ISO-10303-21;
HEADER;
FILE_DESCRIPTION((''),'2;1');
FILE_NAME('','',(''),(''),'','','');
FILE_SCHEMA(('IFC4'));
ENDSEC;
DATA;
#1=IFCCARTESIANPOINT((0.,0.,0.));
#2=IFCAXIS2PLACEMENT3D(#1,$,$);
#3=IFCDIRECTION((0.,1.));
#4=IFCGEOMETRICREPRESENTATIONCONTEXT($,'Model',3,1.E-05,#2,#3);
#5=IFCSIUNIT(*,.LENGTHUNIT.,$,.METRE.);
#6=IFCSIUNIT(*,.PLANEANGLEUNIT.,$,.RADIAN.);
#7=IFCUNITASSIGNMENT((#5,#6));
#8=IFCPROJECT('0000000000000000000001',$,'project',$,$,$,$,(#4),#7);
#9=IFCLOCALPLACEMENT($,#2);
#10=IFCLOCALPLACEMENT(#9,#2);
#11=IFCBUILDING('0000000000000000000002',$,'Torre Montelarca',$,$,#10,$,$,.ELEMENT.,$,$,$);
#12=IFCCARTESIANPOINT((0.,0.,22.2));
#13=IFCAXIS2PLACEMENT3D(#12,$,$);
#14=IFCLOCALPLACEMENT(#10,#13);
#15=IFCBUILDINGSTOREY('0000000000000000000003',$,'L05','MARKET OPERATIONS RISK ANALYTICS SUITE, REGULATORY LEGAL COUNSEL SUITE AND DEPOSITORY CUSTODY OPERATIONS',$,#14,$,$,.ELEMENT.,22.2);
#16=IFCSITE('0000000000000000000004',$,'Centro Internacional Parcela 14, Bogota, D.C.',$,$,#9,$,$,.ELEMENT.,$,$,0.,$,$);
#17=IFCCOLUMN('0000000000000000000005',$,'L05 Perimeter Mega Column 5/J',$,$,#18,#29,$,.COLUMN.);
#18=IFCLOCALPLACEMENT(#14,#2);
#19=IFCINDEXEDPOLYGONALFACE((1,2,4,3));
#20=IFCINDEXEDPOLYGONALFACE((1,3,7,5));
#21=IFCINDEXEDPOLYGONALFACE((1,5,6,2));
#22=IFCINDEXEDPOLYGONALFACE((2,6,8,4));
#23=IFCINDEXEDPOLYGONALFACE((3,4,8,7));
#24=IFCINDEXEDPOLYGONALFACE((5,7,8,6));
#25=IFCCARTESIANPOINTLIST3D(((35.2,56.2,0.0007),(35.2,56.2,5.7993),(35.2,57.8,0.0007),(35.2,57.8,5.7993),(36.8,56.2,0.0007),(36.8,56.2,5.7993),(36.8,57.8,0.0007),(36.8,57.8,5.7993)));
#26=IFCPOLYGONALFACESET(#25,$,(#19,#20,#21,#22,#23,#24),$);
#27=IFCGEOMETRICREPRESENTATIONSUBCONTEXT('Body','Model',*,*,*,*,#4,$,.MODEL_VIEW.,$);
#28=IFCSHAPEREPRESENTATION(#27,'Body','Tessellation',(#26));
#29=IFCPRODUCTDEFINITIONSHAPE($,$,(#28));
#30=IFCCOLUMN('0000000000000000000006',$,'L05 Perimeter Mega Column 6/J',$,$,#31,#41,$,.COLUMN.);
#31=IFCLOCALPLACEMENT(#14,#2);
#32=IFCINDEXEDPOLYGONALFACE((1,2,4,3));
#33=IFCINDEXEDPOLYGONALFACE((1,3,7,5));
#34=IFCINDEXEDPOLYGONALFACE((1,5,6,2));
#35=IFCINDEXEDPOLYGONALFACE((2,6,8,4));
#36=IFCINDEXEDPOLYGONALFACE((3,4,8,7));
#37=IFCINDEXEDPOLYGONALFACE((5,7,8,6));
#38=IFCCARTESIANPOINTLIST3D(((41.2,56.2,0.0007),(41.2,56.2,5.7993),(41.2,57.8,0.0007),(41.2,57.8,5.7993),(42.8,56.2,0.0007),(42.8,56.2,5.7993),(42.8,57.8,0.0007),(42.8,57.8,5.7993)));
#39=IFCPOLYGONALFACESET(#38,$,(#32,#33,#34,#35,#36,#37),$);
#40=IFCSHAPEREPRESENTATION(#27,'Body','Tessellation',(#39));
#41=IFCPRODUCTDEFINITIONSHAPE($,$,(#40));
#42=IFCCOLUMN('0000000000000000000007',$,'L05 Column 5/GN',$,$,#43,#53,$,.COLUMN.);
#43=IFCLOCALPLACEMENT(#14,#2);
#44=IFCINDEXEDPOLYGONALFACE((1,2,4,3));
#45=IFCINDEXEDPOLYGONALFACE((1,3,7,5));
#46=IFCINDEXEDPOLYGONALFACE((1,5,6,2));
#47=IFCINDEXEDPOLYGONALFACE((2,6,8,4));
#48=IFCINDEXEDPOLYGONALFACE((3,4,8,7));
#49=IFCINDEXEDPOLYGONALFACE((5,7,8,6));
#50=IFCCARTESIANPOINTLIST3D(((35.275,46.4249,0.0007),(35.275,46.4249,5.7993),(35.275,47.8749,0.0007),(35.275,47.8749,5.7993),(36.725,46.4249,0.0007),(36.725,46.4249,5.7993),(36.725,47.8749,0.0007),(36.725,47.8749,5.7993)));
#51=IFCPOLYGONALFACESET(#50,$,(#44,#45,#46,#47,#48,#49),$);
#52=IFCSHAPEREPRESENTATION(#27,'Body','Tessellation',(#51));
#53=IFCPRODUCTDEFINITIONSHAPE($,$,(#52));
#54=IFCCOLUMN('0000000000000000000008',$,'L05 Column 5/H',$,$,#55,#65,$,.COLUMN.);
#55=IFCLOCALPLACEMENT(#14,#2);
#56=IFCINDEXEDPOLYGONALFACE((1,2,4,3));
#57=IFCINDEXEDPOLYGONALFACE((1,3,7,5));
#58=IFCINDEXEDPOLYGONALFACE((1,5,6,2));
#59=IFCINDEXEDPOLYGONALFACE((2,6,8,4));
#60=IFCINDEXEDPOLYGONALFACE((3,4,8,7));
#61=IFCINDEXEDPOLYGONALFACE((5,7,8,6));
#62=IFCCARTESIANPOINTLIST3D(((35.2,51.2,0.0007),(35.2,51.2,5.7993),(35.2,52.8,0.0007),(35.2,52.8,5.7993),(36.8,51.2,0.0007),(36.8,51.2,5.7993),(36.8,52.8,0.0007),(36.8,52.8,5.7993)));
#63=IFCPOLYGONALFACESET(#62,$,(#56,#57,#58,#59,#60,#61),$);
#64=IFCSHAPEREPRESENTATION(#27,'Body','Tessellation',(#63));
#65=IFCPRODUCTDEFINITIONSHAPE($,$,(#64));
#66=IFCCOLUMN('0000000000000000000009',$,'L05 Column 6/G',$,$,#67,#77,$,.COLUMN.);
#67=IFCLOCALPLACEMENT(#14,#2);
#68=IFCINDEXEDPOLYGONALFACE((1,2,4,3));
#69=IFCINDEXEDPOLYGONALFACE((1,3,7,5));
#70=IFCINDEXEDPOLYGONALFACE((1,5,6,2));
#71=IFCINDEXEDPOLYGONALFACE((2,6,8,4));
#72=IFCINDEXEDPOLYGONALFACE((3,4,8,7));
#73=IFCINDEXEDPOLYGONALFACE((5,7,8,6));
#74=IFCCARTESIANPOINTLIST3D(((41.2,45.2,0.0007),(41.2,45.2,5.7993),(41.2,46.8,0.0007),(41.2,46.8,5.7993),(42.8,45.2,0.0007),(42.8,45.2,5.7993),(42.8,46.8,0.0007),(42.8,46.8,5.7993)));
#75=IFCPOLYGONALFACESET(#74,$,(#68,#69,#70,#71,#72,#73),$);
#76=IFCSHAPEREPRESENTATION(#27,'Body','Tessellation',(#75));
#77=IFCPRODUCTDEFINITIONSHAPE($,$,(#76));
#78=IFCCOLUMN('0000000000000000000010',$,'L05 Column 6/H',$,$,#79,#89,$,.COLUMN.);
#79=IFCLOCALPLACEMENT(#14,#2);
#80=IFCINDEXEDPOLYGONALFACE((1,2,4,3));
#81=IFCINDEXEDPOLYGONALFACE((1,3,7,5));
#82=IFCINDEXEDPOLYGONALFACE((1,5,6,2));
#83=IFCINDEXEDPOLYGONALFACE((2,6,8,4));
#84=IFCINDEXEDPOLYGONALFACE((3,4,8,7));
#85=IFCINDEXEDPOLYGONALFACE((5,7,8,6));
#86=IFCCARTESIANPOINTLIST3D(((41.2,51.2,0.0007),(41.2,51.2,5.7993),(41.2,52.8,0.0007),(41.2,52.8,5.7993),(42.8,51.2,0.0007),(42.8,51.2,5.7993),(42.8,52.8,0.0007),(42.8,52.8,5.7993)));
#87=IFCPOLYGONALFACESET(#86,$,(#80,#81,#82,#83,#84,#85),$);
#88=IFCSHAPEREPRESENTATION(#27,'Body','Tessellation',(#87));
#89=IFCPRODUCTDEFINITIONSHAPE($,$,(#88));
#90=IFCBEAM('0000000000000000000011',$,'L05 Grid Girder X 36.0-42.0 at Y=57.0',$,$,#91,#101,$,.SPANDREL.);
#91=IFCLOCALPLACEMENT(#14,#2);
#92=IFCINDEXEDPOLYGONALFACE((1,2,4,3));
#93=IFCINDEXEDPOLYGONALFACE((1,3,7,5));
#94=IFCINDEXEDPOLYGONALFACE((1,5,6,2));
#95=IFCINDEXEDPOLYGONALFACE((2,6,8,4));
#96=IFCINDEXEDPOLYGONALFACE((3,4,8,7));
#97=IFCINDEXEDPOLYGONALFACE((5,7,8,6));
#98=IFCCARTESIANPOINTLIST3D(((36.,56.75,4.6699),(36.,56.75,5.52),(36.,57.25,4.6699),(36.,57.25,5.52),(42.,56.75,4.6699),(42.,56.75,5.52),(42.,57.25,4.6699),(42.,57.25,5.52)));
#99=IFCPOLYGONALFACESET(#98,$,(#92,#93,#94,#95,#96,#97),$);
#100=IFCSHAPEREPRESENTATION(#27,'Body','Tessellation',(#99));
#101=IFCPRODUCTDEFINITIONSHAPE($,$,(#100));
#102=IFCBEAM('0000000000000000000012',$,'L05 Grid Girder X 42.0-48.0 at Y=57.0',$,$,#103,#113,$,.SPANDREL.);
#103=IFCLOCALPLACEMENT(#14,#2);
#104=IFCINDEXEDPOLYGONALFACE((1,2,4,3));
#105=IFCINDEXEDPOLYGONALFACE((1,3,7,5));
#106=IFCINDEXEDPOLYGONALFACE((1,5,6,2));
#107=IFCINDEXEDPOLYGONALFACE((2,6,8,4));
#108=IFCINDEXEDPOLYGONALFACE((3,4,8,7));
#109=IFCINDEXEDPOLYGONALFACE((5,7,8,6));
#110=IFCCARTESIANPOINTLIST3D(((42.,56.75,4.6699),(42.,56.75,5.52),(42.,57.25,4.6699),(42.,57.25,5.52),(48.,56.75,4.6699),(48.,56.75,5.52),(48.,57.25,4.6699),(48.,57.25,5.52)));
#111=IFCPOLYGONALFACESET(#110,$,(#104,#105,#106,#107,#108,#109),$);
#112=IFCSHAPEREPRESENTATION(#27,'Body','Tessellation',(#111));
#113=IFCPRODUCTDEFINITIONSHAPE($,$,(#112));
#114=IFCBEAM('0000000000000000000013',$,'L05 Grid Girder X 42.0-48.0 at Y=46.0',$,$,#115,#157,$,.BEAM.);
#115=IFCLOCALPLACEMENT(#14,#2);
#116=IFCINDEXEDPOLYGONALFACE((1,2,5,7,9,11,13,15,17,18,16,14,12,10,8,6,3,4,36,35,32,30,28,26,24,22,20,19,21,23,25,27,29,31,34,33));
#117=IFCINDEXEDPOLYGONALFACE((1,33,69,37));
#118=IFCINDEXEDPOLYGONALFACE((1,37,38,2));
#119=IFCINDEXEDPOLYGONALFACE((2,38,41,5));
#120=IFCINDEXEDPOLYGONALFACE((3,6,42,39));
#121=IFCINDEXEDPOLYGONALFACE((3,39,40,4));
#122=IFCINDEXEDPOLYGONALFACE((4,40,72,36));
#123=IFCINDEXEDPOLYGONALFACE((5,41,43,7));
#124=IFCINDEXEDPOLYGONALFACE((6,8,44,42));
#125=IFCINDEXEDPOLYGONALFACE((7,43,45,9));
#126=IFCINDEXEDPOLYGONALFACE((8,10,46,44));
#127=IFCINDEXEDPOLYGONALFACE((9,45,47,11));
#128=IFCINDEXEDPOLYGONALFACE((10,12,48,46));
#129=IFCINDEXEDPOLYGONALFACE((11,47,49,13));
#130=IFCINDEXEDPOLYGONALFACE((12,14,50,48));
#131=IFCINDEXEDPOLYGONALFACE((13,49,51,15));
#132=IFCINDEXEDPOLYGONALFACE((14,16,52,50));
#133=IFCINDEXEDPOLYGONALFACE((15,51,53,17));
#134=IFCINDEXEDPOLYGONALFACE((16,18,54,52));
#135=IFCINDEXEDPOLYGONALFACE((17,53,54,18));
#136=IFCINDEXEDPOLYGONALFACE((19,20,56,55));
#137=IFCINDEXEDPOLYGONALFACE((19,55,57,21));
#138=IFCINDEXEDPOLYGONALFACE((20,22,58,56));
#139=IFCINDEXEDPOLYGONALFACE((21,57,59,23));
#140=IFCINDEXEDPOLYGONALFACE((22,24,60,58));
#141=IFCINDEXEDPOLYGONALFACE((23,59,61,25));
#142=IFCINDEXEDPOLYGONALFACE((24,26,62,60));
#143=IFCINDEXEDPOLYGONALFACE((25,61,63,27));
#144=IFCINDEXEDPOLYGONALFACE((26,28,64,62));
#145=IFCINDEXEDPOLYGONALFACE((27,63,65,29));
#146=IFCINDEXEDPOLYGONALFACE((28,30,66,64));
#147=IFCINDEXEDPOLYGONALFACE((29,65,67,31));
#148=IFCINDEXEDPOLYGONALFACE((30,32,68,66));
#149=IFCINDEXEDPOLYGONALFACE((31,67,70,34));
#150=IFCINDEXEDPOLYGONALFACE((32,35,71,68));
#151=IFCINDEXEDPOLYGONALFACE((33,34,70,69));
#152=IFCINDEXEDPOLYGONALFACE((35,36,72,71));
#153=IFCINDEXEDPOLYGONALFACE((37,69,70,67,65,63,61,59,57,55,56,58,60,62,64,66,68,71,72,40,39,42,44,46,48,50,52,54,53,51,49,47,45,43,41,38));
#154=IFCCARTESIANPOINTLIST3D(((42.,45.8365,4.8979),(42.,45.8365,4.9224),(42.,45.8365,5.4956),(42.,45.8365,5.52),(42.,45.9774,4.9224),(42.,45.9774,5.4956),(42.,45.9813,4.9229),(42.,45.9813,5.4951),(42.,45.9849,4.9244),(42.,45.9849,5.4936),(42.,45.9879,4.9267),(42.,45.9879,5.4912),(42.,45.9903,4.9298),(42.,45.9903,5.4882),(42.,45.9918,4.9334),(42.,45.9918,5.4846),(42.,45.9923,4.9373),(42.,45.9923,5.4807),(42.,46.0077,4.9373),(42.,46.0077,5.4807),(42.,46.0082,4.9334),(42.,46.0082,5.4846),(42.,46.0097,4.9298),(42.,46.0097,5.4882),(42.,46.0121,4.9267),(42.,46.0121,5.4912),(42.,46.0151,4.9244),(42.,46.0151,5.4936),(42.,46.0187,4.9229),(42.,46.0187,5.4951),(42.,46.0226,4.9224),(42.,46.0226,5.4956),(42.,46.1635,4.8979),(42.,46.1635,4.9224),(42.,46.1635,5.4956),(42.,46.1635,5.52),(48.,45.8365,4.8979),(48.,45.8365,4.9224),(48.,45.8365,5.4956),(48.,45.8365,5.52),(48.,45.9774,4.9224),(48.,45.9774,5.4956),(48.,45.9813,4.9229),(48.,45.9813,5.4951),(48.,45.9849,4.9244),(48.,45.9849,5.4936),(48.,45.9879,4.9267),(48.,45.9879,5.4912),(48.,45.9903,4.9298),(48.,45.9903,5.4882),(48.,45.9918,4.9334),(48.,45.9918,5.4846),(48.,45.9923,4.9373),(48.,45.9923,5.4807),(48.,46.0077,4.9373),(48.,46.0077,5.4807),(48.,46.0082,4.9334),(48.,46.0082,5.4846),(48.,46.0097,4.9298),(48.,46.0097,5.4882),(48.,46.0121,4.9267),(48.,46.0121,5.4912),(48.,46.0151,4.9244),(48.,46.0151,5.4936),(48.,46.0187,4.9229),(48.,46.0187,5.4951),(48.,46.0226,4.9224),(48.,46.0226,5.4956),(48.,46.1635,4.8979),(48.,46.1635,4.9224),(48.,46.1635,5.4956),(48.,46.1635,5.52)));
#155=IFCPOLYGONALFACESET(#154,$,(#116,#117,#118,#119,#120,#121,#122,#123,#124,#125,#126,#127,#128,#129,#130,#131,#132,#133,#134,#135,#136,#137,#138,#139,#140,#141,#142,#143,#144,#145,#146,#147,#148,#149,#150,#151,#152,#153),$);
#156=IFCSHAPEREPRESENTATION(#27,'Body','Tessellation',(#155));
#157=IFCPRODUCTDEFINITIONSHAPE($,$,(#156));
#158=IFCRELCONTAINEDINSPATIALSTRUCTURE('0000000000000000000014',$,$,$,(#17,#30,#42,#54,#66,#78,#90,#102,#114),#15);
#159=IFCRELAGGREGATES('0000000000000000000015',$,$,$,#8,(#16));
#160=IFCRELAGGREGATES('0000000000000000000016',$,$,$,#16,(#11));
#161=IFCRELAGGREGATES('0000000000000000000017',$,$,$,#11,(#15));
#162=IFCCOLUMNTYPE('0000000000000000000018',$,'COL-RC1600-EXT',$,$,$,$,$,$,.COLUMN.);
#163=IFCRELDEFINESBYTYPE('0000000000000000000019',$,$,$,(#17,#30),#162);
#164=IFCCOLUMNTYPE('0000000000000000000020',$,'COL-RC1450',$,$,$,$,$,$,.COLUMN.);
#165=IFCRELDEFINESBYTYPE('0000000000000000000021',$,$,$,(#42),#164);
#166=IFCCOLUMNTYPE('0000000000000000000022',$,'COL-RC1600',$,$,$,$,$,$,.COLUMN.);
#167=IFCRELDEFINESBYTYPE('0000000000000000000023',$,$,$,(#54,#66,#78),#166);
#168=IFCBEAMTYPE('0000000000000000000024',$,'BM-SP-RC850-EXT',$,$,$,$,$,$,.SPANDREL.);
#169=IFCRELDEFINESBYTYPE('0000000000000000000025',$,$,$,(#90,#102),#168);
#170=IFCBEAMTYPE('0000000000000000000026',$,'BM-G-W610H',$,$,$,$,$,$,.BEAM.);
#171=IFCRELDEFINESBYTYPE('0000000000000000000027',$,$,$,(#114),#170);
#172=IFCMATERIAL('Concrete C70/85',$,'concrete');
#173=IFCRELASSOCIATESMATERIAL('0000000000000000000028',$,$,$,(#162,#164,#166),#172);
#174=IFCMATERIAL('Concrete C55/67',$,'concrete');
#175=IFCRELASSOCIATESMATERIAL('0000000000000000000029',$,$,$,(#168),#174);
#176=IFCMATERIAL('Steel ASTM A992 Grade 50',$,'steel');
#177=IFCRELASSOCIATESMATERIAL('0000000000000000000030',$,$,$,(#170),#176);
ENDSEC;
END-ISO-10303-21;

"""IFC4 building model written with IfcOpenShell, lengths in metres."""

from ifc_helpers import new_model, si_unit, direction, frame, origin, origin_2d, place, context, subcontext, project, spatial, rectangle, i_section, extrude, source, transform, mapped, material, material_profile, profile_set, type_object, element, save


model = new_model("IFC4")

# Units and contexts
model_context = context("Model", 3, precision=1e-05, world=origin(), true_north=direction((0.0, 1.0)))
body_context = subcontext(model_context, "Body", "Model", "MODEL_VIEW")
ifc_project = project(units=[si_unit("LENGTHUNIT", "METRE"), si_unit("PLANEANGLEUNIT", "RADIAN")], contexts=[model_context])

# Site, building, storey
site_placement = place(None, origin())
site = spatial("IfcSite", under=ifc_project, at=site_placement, Name="Centro Internacional Parcela 14, Bogota, D.C.", CompositionType="ELEMENT", RefElevation=0.0)
building_placement = place(site_placement, origin())
building = spatial("IfcBuilding", under=site, at=building_placement, Name="Torre Montelarca", CompositionType="ELEMENT")
storey_placement = place(building_placement, frame((0.0, 0.0, 22.2)))
storey = spatial("IfcBuildingStorey", under=building, at=storey_placement, Name="L05", Description="MARKET OPERATIONS RISK ANALYTICS SUITE, REGULATORY LEGAL COUNSEL SUITE AND DEPOSITORY CUSTODY OPERATIONS", CompositionType="ELEMENT", Elevation=22.2)

# Columns
ifc_material_1 = material(Name="Concrete C70/85", Category="concrete")
ifc_material_profile_1 = material_profile(ifc_material_1, rectangle(XDim=1.6001, YDim=1.6001, at=origin_2d()), Name="RC1600X1600", Category="concrete")
ifc_profile_set_1 = profile_set([ifc_material_profile_1], Name="Concrete C70/85")
column_type_1 = type_object("IfcColumnType", Name="COL-RC1600-EXT", PredefinedType="COLUMN", material=ifc_profile_set_1)
shared_shape_1 = source(origin(), body_context, "Body", "SweptSolid", [
    extrude(rectangle(XDim=1.6001, YDim=1.6001, at=origin_2d()), origin(), (0.0, 0.0, 1.0), 5.7986),
])
for number, where, z_axis, x_axis, name in (
    (1, (36.0, 57.0, 0.0007), (0.0, 0.0, 1.0), (1.0, 0.0, 0.0), "L05 Perimeter Mega Column 5/J"),
    (2, (42.0, 57.0, 0.0007), (0.0, 0.0, 1.0), (1.0, 0.0, 0.0), "L05 Perimeter Mega Column 6/J"),
):
    element("IfcColumn", number, at=place(storey_placement, frame(where, z_axis=z_axis, x_axis=x_axis)), inside=storey, type_object=column_type_1, Name=name, PredefinedType="COLUMN", context=body_context, shape_type="MappedRepresentation", body=[
        mapped(shared_shape_1, transform((0.0, 0.0, 0.0), scale=1.0)),
    ])
ifc_material_profile_2 = material_profile(ifc_material_1, rectangle(XDim=1.45, YDim=1.45, at=origin_2d()), Name="RC1450X1450", Category="concrete")
ifc_profile_set_2 = profile_set([ifc_material_profile_2], Name="Concrete C70/85")
column_type_2 = type_object("IfcColumnType", Name="COL-RC1450", PredefinedType="COLUMN", material=ifc_profile_set_2)
shared_shape_2 = source(origin(), body_context, "Body", "SweptSolid", [
    extrude(rectangle(XDim=1.45, YDim=1.45, at=origin_2d()), origin(), (0.0, 0.0, 1.0), 5.7986),
])
column_placement = place(storey_placement, frame((36.0, 47.1499, 0.0007), z_axis=(0.0, 0.0, 1.0), x_axis=(1.0, 0.0, 0.0)))
element("IfcColumn", 3, at=column_placement, inside=storey, type_object=column_type_2, Name="L05 Column 5/GN", PredefinedType="COLUMN", context=body_context, shape_type="MappedRepresentation", body=[
    mapped(shared_shape_2, transform((0.0, 0.0, 0.0), scale=1.0)),
])
ifc_material_profile_3 = material_profile(ifc_material_1, rectangle(XDim=1.6001, YDim=1.6001, at=origin_2d()), Name="RC1600X1600", Category="concrete")
ifc_profile_set_3 = profile_set([ifc_material_profile_3], Name="Concrete C70/85")
column_type_3 = type_object("IfcColumnType", Name="COL-RC1600", PredefinedType="COLUMN", material=ifc_profile_set_3)
shared_shape_3 = source(origin(), body_context, "Body", "SweptSolid", [
    extrude(rectangle(XDim=1.6001, YDim=1.6001, at=origin_2d()), origin(), (0.0, 0.0, 1.0), 5.7986),
])
for number, where, z_axis, x_axis, name in (
    (4, (36.0, 52.0, 0.0007), (0.0, 0.0, 1.0), (1.0, 0.0, 0.0), "L05 Column 5/H"),
    (5, (42.0, 46.0, 0.0007), (0.0, 0.0, 1.0), (1.0, 0.0, 0.0), "L05 Column 6/G"),
    (6, (42.0, 52.0, 0.0007), (0.0, 0.0, 1.0), (1.0, 0.0, 0.0), "L05 Column 6/H"),
):
    element("IfcColumn", number, at=place(storey_placement, frame(where, z_axis=z_axis, x_axis=x_axis)), inside=storey, type_object=column_type_3, Name=name, PredefinedType="COLUMN", context=body_context, shape_type="MappedRepresentation", body=[
        mapped(shared_shape_3, transform((0.0, 0.0, 0.0), scale=1.0)),
    ])

# Beams
ifc_material_2 = material(Name="Concrete C55/67", Category="concrete")
ifc_material_profile_4 = material_profile(ifc_material_2, rectangle(XDim=0.5, YDim=0.8501, at=origin_2d()), Name="RCB500X850", Category="concrete")
ifc_profile_set_4 = profile_set([ifc_material_profile_4], Name="Concrete C55/67")
beam_type_1 = type_object("IfcBeamType", Name="BM-SP-RC850-EXT", PredefinedType="SPANDREL", material=ifc_profile_set_4)
shared_shape_4 = source(origin(), body_context, "Body", "SweptSolid", [
    extrude(rectangle(XDim=0.5, YDim=0.8501, at=origin_2d()), origin(), (0.0, 0.0, 1.0), 6.0),
])
for number, where, z_axis, x_axis, name in (
    (7, (36.0, 57.0, 5.095), (1.0, 0.0, 0.0), (0.0, 1.0, 0.0), "L05 Grid Girder X 36.0-42.0 at Y=57.0"),
    (8, (42.0, 57.0, 5.095), (1.0, 0.0, 0.0), (0.0, 1.0, 0.0), "L05 Grid Girder X 42.0-48.0 at Y=57.0"),
):
    element("IfcBeam", number, at=place(storey_placement, frame(where, z_axis=z_axis, x_axis=x_axis)), inside=storey, type_object=beam_type_1, Name=name, PredefinedType="SPANDREL", context=body_context, shape_type="MappedRepresentation", body=[
        mapped(shared_shape_4, transform((0.0, 0.0, 0.0), scale=1.0)),
    ])
ifc_material_3 = material(Name="Steel ASTM A992 Grade 50", Category="steel")
ifc_material_profile_5 = material_profile(ifc_material_3, i_section(OverallWidth=0.3269, OverallDepth=0.6221, WebThickness=0.0154, FlangeThickness=0.0244, FilletRadius=0.0149, at=origin_2d()), Name="W610X195", Category="steel")
ifc_profile_set_5 = profile_set([ifc_material_profile_5], Name="Steel ASTM A992 Grade 50")
beam_type_2 = type_object("IfcBeamType", Name="BM-G-W610H", PredefinedType="BEAM", material=ifc_profile_set_5)
shared_shape_5 = source(origin(), body_context, "Body", "SweptSolid", [
    extrude(i_section(OverallWidth=0.3269, OverallDepth=0.6221, WebThickness=0.0154, FlangeThickness=0.0244, FilletRadius=0.0149, at=origin_2d()), origin(), (0.0, 0.0, 1.0), 6.0),
])
for number, where, z_axis, x_axis, name in (
    (9, (42.0, 46.0, 5.209), (1.0, 0.0, 0.0), (0.0, 1.0, 0.0), "L05 Grid Girder X 42.0-48.0 at Y=46.0"),
):
    element("IfcBeam", number, at=place(storey_placement, frame(where, z_axis=z_axis, x_axis=x_axis)), inside=storey, type_object=beam_type_2, Name=name, PredefinedType="BEAM", context=body_context, shape_type="MappedRepresentation", body=[
        mapped(shared_shape_5, transform((0.0, 0.0, 0.0), scale=1.0)),
    ])

save(model, "model.ifc")
